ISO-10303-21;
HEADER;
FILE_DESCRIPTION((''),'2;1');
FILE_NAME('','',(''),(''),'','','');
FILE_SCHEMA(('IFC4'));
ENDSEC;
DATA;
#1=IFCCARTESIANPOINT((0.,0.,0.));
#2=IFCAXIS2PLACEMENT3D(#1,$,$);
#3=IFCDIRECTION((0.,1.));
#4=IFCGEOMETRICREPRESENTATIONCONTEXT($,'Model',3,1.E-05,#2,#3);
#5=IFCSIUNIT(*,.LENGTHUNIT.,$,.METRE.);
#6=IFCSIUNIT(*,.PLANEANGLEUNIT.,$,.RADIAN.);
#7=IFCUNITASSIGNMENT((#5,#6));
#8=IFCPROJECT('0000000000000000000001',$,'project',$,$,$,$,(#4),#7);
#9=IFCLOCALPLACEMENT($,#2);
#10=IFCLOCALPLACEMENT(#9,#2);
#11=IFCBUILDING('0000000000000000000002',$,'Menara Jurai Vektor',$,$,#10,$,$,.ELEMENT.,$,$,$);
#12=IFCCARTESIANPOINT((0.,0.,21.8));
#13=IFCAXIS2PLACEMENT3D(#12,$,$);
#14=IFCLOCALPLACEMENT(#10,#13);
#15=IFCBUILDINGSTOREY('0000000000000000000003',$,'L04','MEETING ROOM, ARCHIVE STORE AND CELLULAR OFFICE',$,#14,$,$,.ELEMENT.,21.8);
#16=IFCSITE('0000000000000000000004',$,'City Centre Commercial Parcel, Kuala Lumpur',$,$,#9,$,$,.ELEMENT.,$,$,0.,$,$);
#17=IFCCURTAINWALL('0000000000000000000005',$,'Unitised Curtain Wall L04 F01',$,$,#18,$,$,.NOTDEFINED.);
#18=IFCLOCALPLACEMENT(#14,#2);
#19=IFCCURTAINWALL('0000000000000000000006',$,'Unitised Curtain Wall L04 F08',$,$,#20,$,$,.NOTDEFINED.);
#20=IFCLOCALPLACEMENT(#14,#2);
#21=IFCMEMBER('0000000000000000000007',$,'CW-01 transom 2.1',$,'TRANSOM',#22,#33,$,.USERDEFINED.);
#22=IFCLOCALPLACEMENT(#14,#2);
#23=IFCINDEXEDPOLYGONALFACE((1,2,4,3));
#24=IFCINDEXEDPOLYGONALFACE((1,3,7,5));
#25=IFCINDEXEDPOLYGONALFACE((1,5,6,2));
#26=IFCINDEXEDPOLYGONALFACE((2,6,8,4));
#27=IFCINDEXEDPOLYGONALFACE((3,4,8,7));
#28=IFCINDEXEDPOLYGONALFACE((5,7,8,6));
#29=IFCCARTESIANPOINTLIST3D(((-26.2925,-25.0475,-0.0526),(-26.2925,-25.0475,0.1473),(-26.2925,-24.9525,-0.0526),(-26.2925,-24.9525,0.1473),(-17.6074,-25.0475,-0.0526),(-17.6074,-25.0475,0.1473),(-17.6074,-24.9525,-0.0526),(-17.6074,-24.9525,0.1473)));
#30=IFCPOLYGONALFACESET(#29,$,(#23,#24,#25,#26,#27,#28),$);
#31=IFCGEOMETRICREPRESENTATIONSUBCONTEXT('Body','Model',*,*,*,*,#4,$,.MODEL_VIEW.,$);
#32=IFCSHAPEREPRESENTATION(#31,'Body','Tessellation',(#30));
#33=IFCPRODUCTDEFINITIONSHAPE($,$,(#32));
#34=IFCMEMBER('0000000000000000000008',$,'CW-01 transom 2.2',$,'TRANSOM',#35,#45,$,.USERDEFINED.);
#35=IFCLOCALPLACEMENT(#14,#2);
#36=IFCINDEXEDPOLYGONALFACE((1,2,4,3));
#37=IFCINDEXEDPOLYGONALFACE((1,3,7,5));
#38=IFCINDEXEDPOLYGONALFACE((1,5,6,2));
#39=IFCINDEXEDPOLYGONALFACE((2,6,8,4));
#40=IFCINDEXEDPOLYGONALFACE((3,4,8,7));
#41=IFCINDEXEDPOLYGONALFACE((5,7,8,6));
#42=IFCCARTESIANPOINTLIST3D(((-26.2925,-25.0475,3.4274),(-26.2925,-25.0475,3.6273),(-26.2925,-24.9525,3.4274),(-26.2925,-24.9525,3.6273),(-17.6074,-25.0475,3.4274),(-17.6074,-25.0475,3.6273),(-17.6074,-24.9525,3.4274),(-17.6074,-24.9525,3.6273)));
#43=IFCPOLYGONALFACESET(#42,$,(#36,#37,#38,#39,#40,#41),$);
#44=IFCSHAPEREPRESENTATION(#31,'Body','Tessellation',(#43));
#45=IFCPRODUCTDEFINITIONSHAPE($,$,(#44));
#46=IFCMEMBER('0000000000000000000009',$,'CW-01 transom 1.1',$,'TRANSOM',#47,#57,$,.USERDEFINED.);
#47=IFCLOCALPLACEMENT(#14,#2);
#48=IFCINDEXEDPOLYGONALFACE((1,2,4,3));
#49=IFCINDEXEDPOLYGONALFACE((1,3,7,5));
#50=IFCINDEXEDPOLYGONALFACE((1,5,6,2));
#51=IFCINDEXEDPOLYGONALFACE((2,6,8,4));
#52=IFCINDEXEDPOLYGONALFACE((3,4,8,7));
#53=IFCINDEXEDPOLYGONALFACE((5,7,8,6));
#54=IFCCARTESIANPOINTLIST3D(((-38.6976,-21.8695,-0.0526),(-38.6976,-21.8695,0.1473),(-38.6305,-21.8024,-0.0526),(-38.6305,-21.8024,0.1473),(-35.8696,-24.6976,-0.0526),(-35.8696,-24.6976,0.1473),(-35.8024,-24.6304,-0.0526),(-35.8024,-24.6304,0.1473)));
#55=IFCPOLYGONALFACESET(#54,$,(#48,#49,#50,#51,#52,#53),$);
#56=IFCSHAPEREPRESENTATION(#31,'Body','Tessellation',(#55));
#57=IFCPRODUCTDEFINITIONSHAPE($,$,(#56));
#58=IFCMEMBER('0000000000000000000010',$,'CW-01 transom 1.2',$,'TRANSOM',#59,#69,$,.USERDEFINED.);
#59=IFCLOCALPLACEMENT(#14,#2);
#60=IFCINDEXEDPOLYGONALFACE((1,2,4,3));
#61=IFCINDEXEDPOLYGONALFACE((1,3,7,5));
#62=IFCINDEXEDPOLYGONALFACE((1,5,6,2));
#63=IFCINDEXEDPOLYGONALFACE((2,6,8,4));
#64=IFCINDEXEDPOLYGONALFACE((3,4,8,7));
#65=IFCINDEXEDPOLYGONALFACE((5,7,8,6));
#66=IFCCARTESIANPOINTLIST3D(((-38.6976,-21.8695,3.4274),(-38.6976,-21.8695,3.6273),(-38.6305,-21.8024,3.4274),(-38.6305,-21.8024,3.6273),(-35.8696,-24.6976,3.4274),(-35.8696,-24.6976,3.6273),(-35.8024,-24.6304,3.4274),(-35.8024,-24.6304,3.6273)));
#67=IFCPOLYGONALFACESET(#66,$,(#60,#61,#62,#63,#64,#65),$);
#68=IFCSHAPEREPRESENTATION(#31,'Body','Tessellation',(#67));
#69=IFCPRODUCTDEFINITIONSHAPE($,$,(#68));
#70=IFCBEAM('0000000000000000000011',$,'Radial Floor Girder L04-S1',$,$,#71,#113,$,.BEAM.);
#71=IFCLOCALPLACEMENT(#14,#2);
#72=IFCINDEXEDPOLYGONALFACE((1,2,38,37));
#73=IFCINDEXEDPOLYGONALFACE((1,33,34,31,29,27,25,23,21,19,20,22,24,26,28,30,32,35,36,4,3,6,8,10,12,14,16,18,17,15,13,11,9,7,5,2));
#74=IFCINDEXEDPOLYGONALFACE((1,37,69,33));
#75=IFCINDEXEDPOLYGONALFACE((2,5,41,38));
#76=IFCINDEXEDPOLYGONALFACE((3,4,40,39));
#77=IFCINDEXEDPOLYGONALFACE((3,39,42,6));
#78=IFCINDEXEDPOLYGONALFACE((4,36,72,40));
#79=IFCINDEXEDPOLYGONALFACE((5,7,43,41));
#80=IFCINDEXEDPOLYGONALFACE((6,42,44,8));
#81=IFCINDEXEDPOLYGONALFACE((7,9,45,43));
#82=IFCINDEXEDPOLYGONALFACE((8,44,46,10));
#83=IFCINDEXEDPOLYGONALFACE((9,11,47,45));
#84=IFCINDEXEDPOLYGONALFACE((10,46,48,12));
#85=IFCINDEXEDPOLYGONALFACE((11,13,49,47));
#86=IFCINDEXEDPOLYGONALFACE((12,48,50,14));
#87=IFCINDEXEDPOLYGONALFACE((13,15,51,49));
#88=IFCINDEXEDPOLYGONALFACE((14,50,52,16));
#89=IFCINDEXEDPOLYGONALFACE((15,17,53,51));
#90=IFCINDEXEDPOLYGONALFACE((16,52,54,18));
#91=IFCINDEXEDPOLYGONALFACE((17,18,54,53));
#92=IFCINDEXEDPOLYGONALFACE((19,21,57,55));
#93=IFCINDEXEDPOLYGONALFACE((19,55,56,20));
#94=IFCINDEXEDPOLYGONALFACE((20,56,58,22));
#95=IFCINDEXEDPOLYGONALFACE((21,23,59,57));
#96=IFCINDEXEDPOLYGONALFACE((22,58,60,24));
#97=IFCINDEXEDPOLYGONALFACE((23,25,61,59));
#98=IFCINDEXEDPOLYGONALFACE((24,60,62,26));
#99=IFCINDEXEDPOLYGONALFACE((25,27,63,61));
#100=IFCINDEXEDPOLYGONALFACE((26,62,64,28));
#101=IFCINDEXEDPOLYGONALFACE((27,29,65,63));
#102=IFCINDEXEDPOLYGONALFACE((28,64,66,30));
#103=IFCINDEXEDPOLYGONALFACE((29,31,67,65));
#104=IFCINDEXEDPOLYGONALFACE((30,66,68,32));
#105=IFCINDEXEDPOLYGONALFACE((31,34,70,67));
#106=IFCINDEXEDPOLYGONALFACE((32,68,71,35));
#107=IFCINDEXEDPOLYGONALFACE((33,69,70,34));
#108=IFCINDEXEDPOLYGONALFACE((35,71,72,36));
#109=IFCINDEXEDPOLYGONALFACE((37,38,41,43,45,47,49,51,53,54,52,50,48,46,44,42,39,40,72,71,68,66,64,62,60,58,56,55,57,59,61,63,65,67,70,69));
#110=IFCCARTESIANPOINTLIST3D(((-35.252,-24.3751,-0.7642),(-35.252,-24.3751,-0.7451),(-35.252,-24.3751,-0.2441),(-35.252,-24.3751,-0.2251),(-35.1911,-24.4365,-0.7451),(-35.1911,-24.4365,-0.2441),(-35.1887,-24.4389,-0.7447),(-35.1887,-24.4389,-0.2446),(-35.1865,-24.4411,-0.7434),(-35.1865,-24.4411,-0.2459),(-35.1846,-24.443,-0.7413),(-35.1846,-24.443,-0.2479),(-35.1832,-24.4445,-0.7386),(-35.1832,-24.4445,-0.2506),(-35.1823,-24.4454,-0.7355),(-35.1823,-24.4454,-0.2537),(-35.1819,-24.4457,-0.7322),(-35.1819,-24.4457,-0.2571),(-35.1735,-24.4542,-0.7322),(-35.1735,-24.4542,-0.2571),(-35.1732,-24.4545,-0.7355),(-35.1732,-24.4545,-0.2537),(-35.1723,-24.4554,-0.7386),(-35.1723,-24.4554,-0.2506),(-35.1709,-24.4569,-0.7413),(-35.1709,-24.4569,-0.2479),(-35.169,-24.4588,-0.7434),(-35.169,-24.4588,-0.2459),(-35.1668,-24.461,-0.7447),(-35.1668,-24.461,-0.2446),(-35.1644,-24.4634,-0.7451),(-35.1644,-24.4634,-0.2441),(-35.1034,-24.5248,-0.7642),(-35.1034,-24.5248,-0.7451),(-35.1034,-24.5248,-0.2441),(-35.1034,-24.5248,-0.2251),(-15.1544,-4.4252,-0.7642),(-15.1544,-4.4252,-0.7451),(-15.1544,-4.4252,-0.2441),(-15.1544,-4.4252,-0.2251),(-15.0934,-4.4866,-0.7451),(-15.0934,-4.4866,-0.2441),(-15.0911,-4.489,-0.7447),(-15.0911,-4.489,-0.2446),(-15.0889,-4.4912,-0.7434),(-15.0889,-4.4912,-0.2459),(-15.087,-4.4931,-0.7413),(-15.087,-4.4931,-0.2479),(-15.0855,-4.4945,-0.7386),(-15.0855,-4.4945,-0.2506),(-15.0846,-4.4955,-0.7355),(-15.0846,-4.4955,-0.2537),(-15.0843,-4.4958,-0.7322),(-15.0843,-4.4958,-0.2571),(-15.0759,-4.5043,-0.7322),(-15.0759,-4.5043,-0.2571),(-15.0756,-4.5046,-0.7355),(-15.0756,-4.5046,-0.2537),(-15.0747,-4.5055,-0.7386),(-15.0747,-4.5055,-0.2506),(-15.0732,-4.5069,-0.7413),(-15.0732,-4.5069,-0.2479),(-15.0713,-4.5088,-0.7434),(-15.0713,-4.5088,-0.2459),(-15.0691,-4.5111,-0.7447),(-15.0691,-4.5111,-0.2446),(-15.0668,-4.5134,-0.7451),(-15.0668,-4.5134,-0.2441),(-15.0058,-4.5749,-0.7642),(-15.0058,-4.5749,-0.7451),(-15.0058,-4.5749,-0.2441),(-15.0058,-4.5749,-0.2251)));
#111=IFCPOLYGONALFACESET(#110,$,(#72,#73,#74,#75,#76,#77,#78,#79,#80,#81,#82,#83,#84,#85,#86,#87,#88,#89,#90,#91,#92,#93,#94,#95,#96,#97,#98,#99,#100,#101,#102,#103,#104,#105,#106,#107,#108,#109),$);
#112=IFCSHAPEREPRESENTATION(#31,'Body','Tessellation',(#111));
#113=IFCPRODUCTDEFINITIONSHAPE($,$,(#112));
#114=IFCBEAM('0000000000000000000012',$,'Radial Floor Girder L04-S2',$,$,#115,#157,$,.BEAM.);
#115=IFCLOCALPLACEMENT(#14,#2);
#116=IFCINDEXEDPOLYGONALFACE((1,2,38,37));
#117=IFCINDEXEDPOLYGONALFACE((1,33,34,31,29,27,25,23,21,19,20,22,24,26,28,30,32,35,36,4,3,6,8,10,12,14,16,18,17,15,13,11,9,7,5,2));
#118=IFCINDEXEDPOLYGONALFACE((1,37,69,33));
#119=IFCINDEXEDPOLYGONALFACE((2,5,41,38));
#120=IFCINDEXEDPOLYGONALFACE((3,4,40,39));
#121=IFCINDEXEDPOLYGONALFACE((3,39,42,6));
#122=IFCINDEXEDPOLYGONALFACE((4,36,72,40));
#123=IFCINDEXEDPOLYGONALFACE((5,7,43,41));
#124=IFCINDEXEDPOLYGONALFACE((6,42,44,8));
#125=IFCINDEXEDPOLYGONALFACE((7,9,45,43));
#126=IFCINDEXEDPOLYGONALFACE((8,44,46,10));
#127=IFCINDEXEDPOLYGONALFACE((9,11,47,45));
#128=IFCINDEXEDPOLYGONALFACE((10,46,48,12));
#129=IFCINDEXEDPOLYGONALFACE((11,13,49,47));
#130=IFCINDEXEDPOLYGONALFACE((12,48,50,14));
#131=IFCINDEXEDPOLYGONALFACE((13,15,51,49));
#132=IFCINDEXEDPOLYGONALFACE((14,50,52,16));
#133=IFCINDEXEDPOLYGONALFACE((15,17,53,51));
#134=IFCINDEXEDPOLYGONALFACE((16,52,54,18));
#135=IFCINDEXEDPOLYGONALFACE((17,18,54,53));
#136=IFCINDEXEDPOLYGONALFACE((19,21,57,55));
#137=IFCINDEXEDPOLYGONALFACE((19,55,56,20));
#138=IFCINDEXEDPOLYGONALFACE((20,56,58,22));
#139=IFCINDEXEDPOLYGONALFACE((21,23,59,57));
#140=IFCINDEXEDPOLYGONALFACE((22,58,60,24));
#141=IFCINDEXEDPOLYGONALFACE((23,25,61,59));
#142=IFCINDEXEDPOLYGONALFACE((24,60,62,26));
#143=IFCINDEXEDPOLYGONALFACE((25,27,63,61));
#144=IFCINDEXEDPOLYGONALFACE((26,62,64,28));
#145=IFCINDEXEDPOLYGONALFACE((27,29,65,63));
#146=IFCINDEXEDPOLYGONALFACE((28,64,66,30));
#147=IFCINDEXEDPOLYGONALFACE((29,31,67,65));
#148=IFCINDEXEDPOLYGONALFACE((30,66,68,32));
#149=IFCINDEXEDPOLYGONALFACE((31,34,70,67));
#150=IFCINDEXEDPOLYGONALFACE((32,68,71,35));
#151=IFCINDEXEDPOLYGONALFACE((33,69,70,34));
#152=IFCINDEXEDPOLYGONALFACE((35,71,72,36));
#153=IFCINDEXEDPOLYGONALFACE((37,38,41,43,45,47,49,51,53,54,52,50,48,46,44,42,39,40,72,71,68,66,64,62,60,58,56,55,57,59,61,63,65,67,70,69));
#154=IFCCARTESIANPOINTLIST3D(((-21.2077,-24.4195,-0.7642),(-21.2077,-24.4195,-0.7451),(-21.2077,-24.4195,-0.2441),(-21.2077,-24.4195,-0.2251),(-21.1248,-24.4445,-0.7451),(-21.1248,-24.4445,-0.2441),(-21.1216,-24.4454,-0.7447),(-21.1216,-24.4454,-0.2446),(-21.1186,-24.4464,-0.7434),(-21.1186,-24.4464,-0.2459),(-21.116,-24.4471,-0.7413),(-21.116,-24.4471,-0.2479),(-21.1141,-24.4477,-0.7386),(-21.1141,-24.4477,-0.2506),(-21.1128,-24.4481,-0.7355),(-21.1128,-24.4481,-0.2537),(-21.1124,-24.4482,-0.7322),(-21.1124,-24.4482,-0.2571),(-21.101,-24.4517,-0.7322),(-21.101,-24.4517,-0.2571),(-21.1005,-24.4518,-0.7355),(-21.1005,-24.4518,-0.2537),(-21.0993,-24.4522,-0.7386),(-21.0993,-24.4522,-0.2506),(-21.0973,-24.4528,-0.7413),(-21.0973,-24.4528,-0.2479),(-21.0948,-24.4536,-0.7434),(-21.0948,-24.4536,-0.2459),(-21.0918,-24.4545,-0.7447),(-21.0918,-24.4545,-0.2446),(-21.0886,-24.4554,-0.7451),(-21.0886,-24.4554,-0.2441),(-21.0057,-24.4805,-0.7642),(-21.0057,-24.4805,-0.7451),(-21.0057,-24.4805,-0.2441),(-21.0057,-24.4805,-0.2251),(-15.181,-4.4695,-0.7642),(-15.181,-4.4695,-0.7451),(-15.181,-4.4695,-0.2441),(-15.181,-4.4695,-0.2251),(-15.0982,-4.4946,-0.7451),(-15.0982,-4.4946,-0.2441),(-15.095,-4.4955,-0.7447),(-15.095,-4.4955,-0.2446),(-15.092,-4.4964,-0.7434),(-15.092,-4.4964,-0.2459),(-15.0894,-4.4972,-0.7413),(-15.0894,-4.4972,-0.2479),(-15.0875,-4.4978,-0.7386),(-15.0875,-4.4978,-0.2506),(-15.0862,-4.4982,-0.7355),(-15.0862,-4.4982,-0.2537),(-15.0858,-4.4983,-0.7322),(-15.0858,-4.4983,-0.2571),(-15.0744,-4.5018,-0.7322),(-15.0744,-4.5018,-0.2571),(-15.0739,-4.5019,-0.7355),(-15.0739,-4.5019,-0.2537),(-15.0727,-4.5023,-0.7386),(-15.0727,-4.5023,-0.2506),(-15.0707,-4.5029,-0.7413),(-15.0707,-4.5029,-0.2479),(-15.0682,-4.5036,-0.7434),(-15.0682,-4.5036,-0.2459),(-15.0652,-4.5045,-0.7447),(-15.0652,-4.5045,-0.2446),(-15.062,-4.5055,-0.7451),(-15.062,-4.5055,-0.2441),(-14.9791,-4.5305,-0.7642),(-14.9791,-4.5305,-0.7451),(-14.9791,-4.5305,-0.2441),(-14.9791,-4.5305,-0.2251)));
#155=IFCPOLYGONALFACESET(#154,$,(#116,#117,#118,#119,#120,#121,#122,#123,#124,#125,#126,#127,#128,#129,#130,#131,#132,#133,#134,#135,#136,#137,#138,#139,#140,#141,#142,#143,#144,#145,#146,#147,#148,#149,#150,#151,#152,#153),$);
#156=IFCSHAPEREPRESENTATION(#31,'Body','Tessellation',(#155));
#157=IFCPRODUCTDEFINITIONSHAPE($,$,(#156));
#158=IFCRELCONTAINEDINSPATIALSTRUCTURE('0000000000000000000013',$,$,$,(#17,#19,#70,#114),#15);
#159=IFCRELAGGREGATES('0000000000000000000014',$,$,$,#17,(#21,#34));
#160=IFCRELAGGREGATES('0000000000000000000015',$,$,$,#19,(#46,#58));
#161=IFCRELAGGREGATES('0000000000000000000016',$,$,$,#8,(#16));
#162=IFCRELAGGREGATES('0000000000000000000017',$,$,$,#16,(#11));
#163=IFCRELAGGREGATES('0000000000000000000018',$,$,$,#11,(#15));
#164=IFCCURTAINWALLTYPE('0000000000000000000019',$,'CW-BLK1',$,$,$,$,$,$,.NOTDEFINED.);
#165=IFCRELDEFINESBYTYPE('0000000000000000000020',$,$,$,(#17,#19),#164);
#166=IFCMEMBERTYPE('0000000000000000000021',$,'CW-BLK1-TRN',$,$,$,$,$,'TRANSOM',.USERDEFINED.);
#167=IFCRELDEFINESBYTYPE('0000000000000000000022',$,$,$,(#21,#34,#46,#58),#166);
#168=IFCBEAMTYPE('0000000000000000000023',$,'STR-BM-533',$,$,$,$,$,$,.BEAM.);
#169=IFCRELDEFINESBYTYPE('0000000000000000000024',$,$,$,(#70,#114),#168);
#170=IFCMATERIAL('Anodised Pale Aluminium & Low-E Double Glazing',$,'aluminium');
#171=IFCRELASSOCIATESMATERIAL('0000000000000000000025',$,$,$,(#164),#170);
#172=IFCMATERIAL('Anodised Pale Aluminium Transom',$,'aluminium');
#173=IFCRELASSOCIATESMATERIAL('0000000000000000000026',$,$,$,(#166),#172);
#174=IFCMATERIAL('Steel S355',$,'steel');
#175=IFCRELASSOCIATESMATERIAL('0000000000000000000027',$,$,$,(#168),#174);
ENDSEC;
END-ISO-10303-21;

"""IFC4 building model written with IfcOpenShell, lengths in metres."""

from ifc_helpers import new_model, si_unit, direction, frame, origin, origin_2d, place, context, subcontext, project, spatial, rectangle, i_section, extrude, material, material_profile, profile_set, type_object, element, aggregate, save


model = new_model("IFC4")

# Units and contexts
model_context = context("Model", 3, precision=1e-05, world=origin(), true_north=direction((0.0, 1.0)))
body_context = subcontext(model_context, "Body", "Model", "MODEL_VIEW")
ifc_project = project(units=[si_unit("LENGTHUNIT", "METRE"), si_unit("PLANEANGLEUNIT", "RADIAN")], contexts=[model_context])

# Site, building, storey
site_placement = place(None, origin())
site = spatial("IfcSite", under=ifc_project, at=site_placement, Name="City Centre Commercial Parcel, Kuala Lumpur", CompositionType="ELEMENT", RefElevation=0.0)
building_placement = place(site_placement, origin())
building = spatial("IfcBuilding", under=site, at=building_placement, Name="Menara Jurai Vektor", CompositionType="ELEMENT")
storey_placement = place(building_placement, frame((0.0, 0.0, 21.8)))
storey = spatial("IfcBuildingStorey", under=building, at=storey_placement, Name="L04", Description="MEETING ROOM, ARCHIVE STORE AND CELLULAR OFFICE", CompositionType="ELEMENT", Elevation=21.8)

# Curtain walls
ifc_material_1 = material(Name="Anodised Pale Aluminium & Low-E Double Glazing", Category="aluminium")
curtain_wall_type = type_object("IfcCurtainWallType", Name="CW-BLK1", PredefinedType="NOTDEFINED", material=ifc_material_1)
curtain_wall_1_placement = place(storey_placement, origin())
curtain_wall_1 = element("IfcCurtainWall", 1, at=curtain_wall_1_placement, inside=storey, type_object=curtain_wall_type, Name="Unitised Curtain Wall L04 F01", PredefinedType="NOTDEFINED")
curtain_wall_2_placement = place(storey_placement, origin())
curtain_wall_2 = element("IfcCurtainWall", 2, at=curtain_wall_2_placement, inside=storey, type_object=curtain_wall_type, Name="Unitised Curtain Wall L04 F08", PredefinedType="NOTDEFINED")

# Members
ifc_material_2 = material(Name="Anodised Pale Aluminium Transom", Category="aluminium")
ifc_material_profile_1 = material_profile(ifc_material_2, rectangle(XDim=0.095, YDim=0.2, at=origin_2d()), Name="ALU TRN 95x200")
ifc_profile_set_1 = profile_set([ifc_material_profile_1], Name="Anodised Pale Aluminium Transom")
member_type_1 = type_object("IfcMemberType", Name="CW-BLK1-TRN", ElementType="TRANSOM", PredefinedType="USERDEFINED", material=ifc_profile_set_1)
member_1_placement = place(storey_placement, frame((-26.2925, -25.0, 0.0474), z_axis=(1.0, 0.0, 0.0), x_axis=(0.0, 1.0, 0.0)))
member_1 = element("IfcMember", 3, at=member_1_placement, type_object=member_type_1, Name="CW-01 transom 2.1", ObjectType="TRANSOM", PredefinedType="USERDEFINED", context=body_context, shape_type="SweptSolid", body=[
    extrude(rectangle(XDim=0.095, YDim=0.2, at=origin_2d()), origin(), (0.0, 0.0, 1.0), 8.6851),
])
member_2_placement = place(storey_placement, frame((-26.2925, -25.0, 3.5273), z_axis=(1.0, 0.0, 0.0), x_axis=(0.0, 1.0, 0.0)))
member_2 = element("IfcMember", 4, at=member_2_placement, type_object=member_type_1, Name="CW-01 transom 2.2", ObjectType="TRANSOM", PredefinedType="USERDEFINED", context=body_context, shape_type="SweptSolid", body=[
    extrude(rectangle(XDim=0.095, YDim=0.2, at=origin_2d()), origin(), (0.0, 0.0, 1.0), 8.6851),
])
member_3_placement = place(storey_placement, frame((-38.6641, -21.8359, 0.0474), z_axis=(0.707107, -0.707107, 0.0), x_axis=(0.707107, 0.707107, 0.0)))
member_3 = element("IfcMember", 5, at=member_3_placement, type_object=member_type_1, Name="CW-01 transom 1.1", ObjectType="TRANSOM", PredefinedType="USERDEFINED", context=body_context, shape_type="SweptSolid", body=[
    extrude(rectangle(XDim=0.095, YDim=0.2, at=origin_2d()), origin(), (0.0, 0.0, 1.0), 3.9995),
])
member_4_placement = place(storey_placement, frame((-38.6641, -21.8359, 3.5273), z_axis=(0.707107, -0.707107, 0.0), x_axis=(0.707107, 0.707107, 0.0)))
member_4 = element("IfcMember", 6, at=member_4_placement, type_object=member_type_1, Name="CW-01 transom 1.2", ObjectType="TRANSOM", PredefinedType="USERDEFINED", context=body_context, shape_type="SweptSolid", body=[
    extrude(rectangle(XDim=0.095, YDim=0.2, at=origin_2d()), origin(), (0.0, 0.0, 1.0), 3.9995),
])

# Beams
ifc_material_3 = material(Name="Steel S355", Category="steel")
ifc_material_profile_2 = material_profile(ifc_material_3, i_section(OverallWidth=0.2109, OverallDepth=0.5391, WebThickness=0.012, FlangeThickness=0.019, FilletRadius=0.0129, at=origin_2d()), Name="UKB 533x210x109")
ifc_profile_set_2 = profile_set([ifc_material_profile_2], Name="Steel S355")
beam_type_1 = type_object("IfcBeamType", Name="STR-BM-533", PredefinedType="BEAM", material=ifc_profile_set_2)
beam_1_placement = place(storey_placement, frame((-35.1777, -24.45, -0.4946), z_axis=(0.70971, 0.704494, 0.0), x_axis=(-0.704494, 0.70971, 0.0)))
element("IfcBeam", 7, at=beam_1_placement, inside=storey, type_object=beam_type_1, Name="Radial Floor Girder L04-S1", PredefinedType="BEAM", context=body_context, shape_type="SweptSolid", body=[
    extrude(i_section(OverallWidth=0.2109, OverallDepth=0.5391, WebThickness=0.012, FlangeThickness=0.019, FilletRadius=0.0129, at=origin_2d()), origin(), (0.0, 0.0, 1.0), 28.3181),
])
beam_2_placement = place(storey_placement, frame((-21.1067, -24.45, -0.4946), z_axis=(0.28918, 0.957275, 0.0), x_axis=(-0.957275, 0.28918, 0.0)))
element("IfcBeam", 8, at=beam_2_placement, inside=storey, type_object=beam_type_1, Name="Radial Floor Girder L04-S2", PredefinedType="BEAM", context=body_context, shape_type="SweptSolid", body=[
    extrude(i_section(OverallWidth=0.2109, OverallDepth=0.5391, WebThickness=0.012, FlangeThickness=0.019, FilletRadius=0.0129, at=origin_2d()), origin(), (0.0, 0.0, 1.0), 20.8403),
])

aggregate(curtain_wall_1, [member_1, member_2])
aggregate(curtain_wall_2, [member_3, member_4])

save(model, "model.ifc")
